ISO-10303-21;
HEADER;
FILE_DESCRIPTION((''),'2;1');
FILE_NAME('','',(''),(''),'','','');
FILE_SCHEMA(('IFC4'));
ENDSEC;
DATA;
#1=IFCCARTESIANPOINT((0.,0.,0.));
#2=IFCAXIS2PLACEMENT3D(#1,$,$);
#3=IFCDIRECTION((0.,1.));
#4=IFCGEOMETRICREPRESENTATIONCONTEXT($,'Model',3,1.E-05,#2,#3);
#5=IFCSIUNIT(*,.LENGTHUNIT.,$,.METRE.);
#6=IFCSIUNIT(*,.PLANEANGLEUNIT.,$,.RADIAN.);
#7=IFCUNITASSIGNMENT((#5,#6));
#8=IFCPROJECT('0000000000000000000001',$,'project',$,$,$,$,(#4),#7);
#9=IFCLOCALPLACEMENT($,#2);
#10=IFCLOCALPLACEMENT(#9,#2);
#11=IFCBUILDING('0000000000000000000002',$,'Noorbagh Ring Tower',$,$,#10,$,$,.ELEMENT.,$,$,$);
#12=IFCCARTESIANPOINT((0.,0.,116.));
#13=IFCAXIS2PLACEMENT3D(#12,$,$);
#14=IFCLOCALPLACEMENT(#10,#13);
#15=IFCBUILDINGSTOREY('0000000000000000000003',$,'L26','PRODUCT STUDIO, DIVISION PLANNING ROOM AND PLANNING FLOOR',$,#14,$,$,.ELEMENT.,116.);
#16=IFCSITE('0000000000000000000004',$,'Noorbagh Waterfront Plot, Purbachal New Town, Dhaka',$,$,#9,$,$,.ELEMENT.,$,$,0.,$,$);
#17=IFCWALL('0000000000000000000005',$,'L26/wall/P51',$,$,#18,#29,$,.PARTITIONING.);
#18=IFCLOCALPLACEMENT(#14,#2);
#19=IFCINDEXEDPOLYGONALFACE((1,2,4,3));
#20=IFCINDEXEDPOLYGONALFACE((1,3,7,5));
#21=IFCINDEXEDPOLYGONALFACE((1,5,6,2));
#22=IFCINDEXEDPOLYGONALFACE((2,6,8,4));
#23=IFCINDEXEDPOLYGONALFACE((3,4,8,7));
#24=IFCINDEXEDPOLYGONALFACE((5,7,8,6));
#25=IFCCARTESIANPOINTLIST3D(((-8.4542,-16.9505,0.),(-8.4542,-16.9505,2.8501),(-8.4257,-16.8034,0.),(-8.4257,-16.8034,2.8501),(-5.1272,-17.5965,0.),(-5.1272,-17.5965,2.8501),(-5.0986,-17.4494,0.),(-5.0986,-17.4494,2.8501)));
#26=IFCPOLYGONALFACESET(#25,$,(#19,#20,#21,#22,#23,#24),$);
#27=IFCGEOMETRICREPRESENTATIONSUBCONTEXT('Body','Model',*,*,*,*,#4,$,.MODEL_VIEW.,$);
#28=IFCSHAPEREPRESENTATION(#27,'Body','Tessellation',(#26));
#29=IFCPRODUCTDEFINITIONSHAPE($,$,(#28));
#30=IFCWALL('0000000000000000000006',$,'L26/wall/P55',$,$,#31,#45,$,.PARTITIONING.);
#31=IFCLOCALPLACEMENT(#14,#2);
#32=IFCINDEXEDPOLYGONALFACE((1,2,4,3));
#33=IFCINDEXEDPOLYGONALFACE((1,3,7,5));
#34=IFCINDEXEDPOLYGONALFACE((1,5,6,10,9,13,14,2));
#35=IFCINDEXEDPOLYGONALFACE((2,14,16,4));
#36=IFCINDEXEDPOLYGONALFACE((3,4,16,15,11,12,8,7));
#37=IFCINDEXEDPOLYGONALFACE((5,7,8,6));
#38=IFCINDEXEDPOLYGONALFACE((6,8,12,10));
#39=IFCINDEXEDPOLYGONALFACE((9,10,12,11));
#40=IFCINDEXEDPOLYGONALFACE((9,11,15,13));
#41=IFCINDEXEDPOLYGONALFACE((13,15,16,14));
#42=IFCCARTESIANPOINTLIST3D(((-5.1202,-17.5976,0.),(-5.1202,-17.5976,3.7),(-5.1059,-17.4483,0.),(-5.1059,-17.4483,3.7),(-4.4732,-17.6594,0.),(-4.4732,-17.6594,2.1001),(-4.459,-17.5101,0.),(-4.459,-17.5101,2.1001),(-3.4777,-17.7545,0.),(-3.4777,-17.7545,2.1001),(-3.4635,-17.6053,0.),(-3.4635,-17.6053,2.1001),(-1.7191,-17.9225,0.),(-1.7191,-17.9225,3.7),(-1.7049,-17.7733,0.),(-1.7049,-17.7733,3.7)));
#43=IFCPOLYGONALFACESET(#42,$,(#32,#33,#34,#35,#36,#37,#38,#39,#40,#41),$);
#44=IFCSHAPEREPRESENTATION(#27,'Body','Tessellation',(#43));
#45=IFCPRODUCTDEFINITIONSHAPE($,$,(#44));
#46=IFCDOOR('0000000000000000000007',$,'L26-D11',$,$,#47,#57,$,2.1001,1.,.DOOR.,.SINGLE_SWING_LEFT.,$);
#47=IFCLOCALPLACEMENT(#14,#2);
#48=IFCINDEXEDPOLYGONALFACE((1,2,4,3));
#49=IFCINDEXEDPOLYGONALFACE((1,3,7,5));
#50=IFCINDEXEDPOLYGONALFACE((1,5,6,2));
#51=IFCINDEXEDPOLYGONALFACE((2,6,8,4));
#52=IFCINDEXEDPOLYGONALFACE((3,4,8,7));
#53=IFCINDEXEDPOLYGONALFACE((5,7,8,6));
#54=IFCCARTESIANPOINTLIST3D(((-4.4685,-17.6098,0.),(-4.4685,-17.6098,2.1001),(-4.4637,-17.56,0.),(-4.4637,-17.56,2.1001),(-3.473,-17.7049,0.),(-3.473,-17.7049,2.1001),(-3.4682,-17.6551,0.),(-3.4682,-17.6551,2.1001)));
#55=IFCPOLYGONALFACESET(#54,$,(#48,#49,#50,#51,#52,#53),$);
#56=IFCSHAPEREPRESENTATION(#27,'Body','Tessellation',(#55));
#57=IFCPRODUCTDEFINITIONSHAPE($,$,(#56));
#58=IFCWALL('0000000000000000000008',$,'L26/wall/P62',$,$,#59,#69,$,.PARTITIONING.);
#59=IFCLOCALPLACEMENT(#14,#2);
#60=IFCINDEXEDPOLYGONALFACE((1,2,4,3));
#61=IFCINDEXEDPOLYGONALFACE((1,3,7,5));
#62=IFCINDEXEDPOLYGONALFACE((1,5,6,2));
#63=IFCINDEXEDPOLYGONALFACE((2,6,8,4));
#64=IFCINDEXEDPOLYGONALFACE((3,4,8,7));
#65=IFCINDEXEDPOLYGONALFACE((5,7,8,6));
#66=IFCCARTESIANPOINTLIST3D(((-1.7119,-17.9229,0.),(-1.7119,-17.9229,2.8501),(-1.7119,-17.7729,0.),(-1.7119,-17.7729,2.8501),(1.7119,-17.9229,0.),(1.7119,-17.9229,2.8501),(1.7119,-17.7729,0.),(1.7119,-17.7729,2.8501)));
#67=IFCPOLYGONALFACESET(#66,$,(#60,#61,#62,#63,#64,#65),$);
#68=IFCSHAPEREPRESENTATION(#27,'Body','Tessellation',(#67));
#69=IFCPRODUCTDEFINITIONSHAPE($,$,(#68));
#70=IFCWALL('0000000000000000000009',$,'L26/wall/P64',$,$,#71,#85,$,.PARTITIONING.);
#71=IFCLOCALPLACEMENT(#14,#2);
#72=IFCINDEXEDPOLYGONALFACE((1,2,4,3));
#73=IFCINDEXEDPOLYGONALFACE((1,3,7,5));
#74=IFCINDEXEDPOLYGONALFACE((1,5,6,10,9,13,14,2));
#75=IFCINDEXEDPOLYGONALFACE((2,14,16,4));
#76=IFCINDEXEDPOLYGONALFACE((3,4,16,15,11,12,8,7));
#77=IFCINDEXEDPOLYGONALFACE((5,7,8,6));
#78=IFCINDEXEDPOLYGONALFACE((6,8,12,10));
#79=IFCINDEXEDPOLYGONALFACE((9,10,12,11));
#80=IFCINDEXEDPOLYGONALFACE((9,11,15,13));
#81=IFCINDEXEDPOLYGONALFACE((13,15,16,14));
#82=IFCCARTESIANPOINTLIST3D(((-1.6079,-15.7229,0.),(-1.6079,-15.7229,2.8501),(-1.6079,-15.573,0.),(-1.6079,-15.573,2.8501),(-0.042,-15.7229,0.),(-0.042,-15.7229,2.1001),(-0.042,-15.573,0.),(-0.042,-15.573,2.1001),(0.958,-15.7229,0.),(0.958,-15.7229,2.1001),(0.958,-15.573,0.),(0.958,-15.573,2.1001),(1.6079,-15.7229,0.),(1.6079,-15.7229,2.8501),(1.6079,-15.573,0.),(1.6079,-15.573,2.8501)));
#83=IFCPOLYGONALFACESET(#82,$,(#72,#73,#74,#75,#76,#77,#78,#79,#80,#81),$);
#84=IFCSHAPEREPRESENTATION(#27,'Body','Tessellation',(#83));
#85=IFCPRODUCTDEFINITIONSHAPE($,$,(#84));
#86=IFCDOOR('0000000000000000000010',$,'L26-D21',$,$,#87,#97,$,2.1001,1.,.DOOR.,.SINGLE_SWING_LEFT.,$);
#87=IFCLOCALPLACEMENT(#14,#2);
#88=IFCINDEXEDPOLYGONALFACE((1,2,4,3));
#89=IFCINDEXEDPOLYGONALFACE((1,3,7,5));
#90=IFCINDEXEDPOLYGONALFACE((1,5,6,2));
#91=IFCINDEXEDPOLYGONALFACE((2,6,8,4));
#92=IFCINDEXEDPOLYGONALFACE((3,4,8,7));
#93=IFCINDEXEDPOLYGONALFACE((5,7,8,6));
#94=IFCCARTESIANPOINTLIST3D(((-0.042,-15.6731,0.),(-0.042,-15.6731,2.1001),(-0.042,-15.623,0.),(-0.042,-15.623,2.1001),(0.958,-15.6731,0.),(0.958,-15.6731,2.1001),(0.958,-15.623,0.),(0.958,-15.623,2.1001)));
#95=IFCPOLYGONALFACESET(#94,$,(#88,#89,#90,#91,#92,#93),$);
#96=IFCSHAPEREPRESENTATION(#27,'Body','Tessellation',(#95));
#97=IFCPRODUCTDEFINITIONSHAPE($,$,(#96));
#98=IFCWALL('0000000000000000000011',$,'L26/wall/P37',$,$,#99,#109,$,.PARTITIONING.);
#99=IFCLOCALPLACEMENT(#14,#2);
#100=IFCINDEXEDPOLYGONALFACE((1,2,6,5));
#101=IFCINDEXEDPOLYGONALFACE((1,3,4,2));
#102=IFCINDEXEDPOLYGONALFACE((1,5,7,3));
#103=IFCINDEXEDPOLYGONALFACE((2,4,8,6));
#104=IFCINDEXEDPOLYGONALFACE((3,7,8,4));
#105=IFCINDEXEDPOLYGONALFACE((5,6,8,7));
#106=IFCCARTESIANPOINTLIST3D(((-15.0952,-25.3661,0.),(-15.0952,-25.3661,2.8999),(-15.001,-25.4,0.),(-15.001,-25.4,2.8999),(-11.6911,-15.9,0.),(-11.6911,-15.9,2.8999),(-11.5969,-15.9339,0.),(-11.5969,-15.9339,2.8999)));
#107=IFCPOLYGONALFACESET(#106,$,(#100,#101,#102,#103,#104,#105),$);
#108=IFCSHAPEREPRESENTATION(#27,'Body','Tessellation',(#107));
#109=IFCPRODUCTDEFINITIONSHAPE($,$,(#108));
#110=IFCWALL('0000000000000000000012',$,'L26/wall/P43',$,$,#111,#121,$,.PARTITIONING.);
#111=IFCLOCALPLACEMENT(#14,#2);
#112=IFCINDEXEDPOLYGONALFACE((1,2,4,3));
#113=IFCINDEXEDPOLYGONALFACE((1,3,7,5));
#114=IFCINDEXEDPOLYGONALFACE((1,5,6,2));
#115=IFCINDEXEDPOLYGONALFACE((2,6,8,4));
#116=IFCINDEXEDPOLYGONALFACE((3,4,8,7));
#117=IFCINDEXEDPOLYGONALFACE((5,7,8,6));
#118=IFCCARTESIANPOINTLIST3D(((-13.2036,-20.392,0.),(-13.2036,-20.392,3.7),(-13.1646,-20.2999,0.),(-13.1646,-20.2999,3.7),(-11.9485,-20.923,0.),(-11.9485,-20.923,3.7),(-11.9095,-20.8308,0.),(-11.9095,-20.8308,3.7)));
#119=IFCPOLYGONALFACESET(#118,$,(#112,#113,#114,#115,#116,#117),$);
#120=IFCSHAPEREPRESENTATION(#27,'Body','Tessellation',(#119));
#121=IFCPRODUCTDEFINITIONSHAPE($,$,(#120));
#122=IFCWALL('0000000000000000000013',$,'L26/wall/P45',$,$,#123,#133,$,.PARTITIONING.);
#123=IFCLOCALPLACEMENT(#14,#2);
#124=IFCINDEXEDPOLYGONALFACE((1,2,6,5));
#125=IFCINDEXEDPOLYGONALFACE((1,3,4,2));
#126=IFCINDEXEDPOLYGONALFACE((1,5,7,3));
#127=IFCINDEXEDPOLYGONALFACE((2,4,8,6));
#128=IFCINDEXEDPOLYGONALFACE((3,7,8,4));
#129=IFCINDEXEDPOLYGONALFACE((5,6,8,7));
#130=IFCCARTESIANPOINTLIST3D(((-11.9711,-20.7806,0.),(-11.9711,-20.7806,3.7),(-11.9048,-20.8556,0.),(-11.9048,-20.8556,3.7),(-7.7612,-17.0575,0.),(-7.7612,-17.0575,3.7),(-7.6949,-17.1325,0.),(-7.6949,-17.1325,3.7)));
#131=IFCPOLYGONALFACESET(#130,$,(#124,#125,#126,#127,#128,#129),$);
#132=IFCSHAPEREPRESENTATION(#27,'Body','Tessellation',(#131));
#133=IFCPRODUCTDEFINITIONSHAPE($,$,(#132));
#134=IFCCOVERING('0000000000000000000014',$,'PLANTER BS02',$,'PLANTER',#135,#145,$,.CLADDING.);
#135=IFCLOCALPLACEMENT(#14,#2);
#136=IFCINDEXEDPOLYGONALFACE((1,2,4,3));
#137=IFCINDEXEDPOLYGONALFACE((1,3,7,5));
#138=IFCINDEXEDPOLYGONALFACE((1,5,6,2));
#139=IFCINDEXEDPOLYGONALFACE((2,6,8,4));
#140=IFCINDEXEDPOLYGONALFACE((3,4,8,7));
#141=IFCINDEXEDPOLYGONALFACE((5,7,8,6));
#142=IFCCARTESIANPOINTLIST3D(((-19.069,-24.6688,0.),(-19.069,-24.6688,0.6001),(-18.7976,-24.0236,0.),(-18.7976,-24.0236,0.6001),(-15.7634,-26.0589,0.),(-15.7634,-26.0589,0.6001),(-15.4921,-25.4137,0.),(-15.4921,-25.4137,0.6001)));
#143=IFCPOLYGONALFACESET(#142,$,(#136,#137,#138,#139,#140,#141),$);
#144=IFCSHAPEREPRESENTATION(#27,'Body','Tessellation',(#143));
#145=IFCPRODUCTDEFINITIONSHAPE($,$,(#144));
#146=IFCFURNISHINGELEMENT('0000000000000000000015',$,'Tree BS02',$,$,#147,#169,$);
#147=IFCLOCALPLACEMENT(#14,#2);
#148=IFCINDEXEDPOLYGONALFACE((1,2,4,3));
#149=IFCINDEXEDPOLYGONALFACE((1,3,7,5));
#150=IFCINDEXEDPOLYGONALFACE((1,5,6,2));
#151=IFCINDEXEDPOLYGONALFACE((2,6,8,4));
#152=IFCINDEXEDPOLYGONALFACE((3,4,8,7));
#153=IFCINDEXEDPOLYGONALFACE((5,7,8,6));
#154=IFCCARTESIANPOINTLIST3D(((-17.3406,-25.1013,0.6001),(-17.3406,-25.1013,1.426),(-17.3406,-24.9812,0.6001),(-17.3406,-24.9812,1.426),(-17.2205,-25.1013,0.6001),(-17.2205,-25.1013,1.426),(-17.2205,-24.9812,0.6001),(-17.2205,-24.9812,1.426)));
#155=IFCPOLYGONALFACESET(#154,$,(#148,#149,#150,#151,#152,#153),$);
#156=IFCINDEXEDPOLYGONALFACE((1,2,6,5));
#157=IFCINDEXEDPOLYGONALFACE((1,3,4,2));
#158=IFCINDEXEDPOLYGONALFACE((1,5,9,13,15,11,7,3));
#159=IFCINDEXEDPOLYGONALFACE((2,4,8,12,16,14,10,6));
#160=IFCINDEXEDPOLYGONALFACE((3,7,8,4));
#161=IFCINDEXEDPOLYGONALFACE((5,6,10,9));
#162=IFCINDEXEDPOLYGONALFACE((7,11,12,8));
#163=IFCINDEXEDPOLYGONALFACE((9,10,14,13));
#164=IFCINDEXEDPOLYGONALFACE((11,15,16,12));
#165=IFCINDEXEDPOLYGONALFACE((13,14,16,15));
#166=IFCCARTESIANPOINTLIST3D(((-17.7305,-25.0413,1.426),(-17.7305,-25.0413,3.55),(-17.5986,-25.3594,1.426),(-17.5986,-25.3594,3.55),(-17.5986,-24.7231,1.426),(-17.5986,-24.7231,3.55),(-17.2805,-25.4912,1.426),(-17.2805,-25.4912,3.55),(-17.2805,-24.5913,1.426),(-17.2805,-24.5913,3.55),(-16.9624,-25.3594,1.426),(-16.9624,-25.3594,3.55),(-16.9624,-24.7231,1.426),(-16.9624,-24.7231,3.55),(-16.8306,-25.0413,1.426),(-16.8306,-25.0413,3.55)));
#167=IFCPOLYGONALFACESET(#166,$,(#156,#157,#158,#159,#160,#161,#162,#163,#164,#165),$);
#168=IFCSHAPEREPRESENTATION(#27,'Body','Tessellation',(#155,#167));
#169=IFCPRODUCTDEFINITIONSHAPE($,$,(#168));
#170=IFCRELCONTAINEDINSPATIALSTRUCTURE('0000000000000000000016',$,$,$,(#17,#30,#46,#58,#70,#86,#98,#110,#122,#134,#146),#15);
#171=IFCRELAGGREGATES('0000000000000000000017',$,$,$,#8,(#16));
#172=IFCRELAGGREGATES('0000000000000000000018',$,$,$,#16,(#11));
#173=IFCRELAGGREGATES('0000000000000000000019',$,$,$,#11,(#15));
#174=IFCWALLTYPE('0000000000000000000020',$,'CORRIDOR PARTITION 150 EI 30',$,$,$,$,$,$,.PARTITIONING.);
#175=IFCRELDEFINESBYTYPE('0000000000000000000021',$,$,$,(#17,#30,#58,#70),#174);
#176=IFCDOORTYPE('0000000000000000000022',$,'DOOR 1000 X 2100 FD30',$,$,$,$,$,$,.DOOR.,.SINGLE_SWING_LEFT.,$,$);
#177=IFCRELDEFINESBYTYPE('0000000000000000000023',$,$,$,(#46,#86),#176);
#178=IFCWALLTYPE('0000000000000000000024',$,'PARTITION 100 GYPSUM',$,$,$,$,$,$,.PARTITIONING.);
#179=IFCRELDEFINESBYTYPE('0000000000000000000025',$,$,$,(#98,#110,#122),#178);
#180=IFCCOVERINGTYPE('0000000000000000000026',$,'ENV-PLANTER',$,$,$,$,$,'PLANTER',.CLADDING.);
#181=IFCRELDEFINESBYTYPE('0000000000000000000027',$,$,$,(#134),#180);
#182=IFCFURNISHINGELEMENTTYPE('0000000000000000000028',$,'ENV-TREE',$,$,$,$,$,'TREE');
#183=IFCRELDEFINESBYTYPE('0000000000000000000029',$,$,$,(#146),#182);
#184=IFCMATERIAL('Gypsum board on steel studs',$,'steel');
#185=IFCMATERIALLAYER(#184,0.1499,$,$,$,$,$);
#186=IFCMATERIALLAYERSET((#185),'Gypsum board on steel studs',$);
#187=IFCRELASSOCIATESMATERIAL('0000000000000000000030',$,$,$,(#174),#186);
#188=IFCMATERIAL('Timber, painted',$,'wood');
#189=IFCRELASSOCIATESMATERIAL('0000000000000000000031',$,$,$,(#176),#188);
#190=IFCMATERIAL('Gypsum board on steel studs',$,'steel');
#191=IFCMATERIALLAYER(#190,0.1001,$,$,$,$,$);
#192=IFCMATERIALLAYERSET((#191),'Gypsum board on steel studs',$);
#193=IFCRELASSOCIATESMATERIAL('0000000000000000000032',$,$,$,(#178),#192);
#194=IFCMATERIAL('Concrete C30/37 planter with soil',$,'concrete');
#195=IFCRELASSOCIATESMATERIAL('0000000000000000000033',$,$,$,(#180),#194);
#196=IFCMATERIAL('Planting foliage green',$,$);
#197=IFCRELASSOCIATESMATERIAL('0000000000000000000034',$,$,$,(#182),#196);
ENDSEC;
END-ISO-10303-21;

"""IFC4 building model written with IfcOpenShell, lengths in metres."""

from ifc_helpers import new_model, si_unit, direction, frame, frame_2d, origin, origin_2d, place, context, subcontext, project, spatial, polyline, rectangle, outline, extrude, material, layer, layer_set, type_object, element, fill, save


model = new_model("IFC4")

# Units and contexts
model_context = context("Model", 3, precision=1e-05, world=origin(), true_north=direction((0.0, 1.0)))
body_context = subcontext(model_context, "Body", "Model", "MODEL_VIEW")
ifc_project = project(units=[si_unit("LENGTHUNIT", "METRE"), si_unit("PLANEANGLEUNIT", "RADIAN")], contexts=[model_context])

# Site, building, storey
site_placement = place(None, origin())
site = spatial("IfcSite", under=ifc_project, at=site_placement, Name="Noorbagh Waterfront Plot, Purbachal New Town, Dhaka", CompositionType="ELEMENT", RefElevation=0.0)
building_placement = place(site_placement, origin())
building = spatial("IfcBuilding", under=site, at=building_placement, Name="Noorbagh Ring Tower", CompositionType="ELEMENT")
storey_placement = place(building_placement, frame((0.0, 0.0, 116.0)))
storey = spatial("IfcBuildingStorey", under=building, at=storey_placement, Name="L26", Description="PRODUCT STUDIO, DIVISION PLANNING ROOM AND PLANNING FLOOR", CompositionType="ELEMENT", Elevation=116.0)

# Shared definitions
ifc_material_1 = material(Name="Gypsum board on steel studs", Category="steel")
ifc_layer_1 = layer(ifc_material_1, 0.1499)
ifc_layer_set_1 = layer_set([ifc_layer_1], Name="Gypsum board on steel studs")
wall_type_1 = type_object("IfcWallType", Name="CORRIDOR PARTITION 150 EI 30", PredefinedType="PARTITIONING", material=ifc_layer_set_1)
ifc_material_2 = material(Name="Timber, painted", Category="wood")
door_type = type_object("IfcDoorType", Name="DOOR 1000 X 2100 FD30", OperationType="SINGLE_SWING_LEFT", PredefinedType="DOOR", material=ifc_material_2)

# Wall
wall_1_placement = place(storey_placement, frame((-8.4399, -16.877, 0.0), z_axis=(0.0, 0.0, 1.0), x_axis=(0.981665, -0.190613, 0.0)))
element("IfcWall", 1, at=wall_1_placement, inside=storey, type_object=wall_type_1, Name="L26/wall/P51", PredefinedType="PARTITIONING", context=body_context, shape_type="SweptSolid", body=[
    extrude(rectangle(XDim=3.3892, YDim=0.1499, at=frame_2d((1.6946, 0.0))), origin(), (0.0, 0.0, 1.0), 2.8501),
])

# Wall, opening, door
wall_2_placement = place(storey_placement, frame((-5.113, -17.5229, 0.0), z_axis=(0.0, 0.0, 1.0), x_axis=(0.995467, -0.095109, 0.0)))
wall_2 = element("IfcWall", 2, at=wall_2_placement, inside=storey, type_object=wall_type_1, Name="L26/wall/P55", PredefinedType="PARTITIONING", context=body_context, shape_type="SweptSolid", body=[
    extrude(rectangle(XDim=3.4165, YDim=0.1499, at=frame_2d((1.7083, 0.0))), origin(), (0.0, 0.0, 1.0), 3.7),
])
opening_1_placement = place(wall_2_placement, frame((0.6499, 0.0, 0.0)))
opening_1 = element("IfcOpeningElement", 3, at=opening_1_placement, cuts=wall_2, PredefinedType="OPENING", context=body_context, shape_type="SweptSolid", body=[
    extrude(rectangle(XDim=1.0, YDim=2.1001, at=frame_2d((0.5, 1.05))), frame((0.0, 0.085, 0.0), z_axis=(0.0, -1.0, 0.0), x_axis=(1.0, 0.0, 0.0)), (0.0, 0.0, 1.0), 0.1699),
])
door_1_placement = place(opening_1_placement, origin())
door_1 = element("IfcDoor", 4, at=door_1_placement, inside=storey, type_object=door_type, Name="L26-D11", OperationType="SINGLE_SWING_LEFT", OverallHeight=2.1001, OverallWidth=1.0, PredefinedType="DOOR", context=body_context, shape_type="SweptSolid", body=[
    extrude(rectangle(XDim=1.0, YDim=2.1001, at=frame_2d((0.5, 1.05))), frame((0.0, 0.0249, 0.0), z_axis=(0.0, -1.0, 0.0), x_axis=(1.0, 0.0, 0.0)), (0.0, 0.0, 1.0), 0.05),
])
fill(opening_1, door_1)

# Wall
wall_3_placement = place(storey_placement, frame((-1.7119, -17.8479, 0.0), z_axis=(0.0, 0.0, 1.0), x_axis=(1.0, 0.0, 0.0)))
element("IfcWall", 5, at=wall_3_placement, inside=storey, type_object=wall_type_1, Name="L26/wall/P62", PredefinedType="PARTITIONING", context=body_context, shape_type="SweptSolid", body=[
    extrude(rectangle(XDim=3.4238, YDim=0.1499, at=frame_2d((1.7119, 0.0))), origin(), (0.0, 0.0, 1.0), 2.8501),
])

# Wall, opening, door
wall_4_placement = place(storey_placement, frame((-1.6079, -15.6479, 0.0), z_axis=(0.0, 0.0, 1.0), x_axis=(1.0, 0.0, 0.0)))
wall_4 = element("IfcWall", 6, at=wall_4_placement, inside=storey, type_object=wall_type_1, Name="L26/wall/P64", PredefinedType="PARTITIONING", context=body_context, shape_type="SweptSolid", body=[
    extrude(rectangle(XDim=3.2158, YDim=0.1499, at=frame_2d((1.6079, 0.0))), origin(), (0.0, 0.0, 1.0), 2.8501),
])
opening_2_placement = place(wall_4_placement, frame((1.5659, 0.0, 0.0)))
opening_2 = element("IfcOpeningElement", 7, at=opening_2_placement, cuts=wall_4, PredefinedType="OPENING", context=body_context, shape_type="SweptSolid", body=[
    extrude(rectangle(XDim=1.0, YDim=2.1001, at=frame_2d((0.5, 1.05))), frame((0.0, 0.085, 0.0), z_axis=(0.0, -1.0, 0.0), x_axis=(1.0, 0.0, 0.0)), (0.0, 0.0, 1.0), 0.1699),
])
door_2_placement = place(opening_2_placement, origin())
door_2 = element("IfcDoor", 8, at=door_2_placement, inside=storey, type_object=door_type, Name="L26-D21", OperationType="SINGLE_SWING_LEFT", OverallHeight=2.1001, OverallWidth=1.0, PredefinedType="DOOR", context=body_context, shape_type="SweptSolid", body=[
    extrude(rectangle(XDim=1.0, YDim=2.1001, at=frame_2d((0.5, 1.05))), frame((0.0, 0.0249, 0.0), z_axis=(0.0, -1.0, 0.0), x_axis=(1.0, 0.0, 0.0)), (0.0, 0.0, 1.0), 0.05),
])
fill(opening_2, door_2)

# Walls
ifc_material_3 = material(Name="Gypsum board on steel studs", Category="steel")
ifc_layer_2 = layer(ifc_material_3, 0.1001)
ifc_layer_set_2 = layer_set([ifc_layer_2], Name="Gypsum board on steel studs")
wall_type_2 = type_object("IfcWallType", Name="PARTITION 100 GYPSUM", PredefinedType="PARTITIONING", material=ifc_layer_set_2)
wall_5_placement = place(storey_placement, frame((-15.0481, -25.3831, 0.0), z_axis=(0.0, 0.0, 1.0), x_axis=(0.338391, 0.941006, 0.0)))
element("IfcWall", 9, at=wall_5_placement, inside=storey, type_object=wall_type_2, Name="L26/wall/P37", PredefinedType="PARTITIONING", context=body_context, shape_type="SweptSolid", body=[
    extrude(rectangle(XDim=10.0596, YDim=0.1001, at=frame_2d((5.0298, 0.0))), origin(), (0.0, 0.0, 1.0), 2.8999),
])
wall_6_placement = place(storey_placement, frame((-13.1841, -20.3459, 0.0), z_axis=(0.0, 0.0, 1.0), x_axis=(0.92097, -0.389634, 0.0)))
element("IfcWall", 10, at=wall_6_placement, inside=storey, type_object=wall_type_2, Name="L26/wall/P43", PredefinedType="PARTITIONING", context=body_context, shape_type="SweptSolid", body=[
    extrude(rectangle(XDim=1.3628, YDim=0.1001, at=frame_2d((0.6814, 0.0))), origin(), (0.0, 0.0, 1.0), 3.7),
])
wall_7_placement = place(storey_placement, frame((-11.938, -20.8181, 0.0), z_axis=(0.0, 0.0, 1.0), x_axis=(0.749089, 0.662469, 0.0)))
element("IfcWall", 11, at=wall_7_placement, inside=storey, type_object=wall_type_2, Name="L26/wall/P45", PredefinedType="PARTITIONING", context=body_context, shape_type="SweptSolid", body=[
    extrude(rectangle(XDim=5.6201, YDim=0.1001, at=frame_2d((2.8101, 0.0))), origin(), (0.0, 0.0, 1.0), 3.7),
])

# Covering
ifc_material_4 = material(Name="Concrete C30/37 planter with soil", Category="concrete")
covering_type = type_object("IfcCoveringType", Name="ENV-PLANTER", ElementType="PLANTER", PredefinedType="CLADDING", material=ifc_material_4)
covering_placement = place(storey_placement, frame((-17.2805, -25.0413, 0.0), z_axis=(0.0, 0.0, 1.0), x_axis=(0.921812, -0.387638, 0.0)))
element("IfcCovering", 12, at=covering_placement, inside=storey, type_object=covering_type, Name="PLANTER BS02", ObjectType="PLANTER", PredefinedType="CLADDING", context=body_context, shape_type="SweptSolid", body=[
    extrude(rectangle(XDim=3.5859, YDim=0.7, at=origin_2d()), origin(), (0.0, 0.0, 1.0), 0.6001),
])

# Furnishing element
ifc_material_5 = material(Name="Planting foliage green")
furnishing_element_type = type_object("IfcFurnishingElementType", Name="ENV-TREE", ElementType="TREE", material=ifc_material_5)
furnishing_placement = place(storey_placement, frame((-17.2805, -25.0413, 0.6001), z_axis=(0.0, 0.0, 1.0), x_axis=(1.0, 0.0, 0.0)))
element("IfcFurnishingElement", 13, at=furnishing_placement, inside=storey, type_object=furnishing_element_type, Name="Tree BS02", context=body_context, shape_type="SweptSolid", body=[
    extrude(rectangle(XDim=0.1201, YDim=0.1201, at=origin_2d()), origin(), (0.0, 0.0, 1.0), 0.8259),
    extrude(outline(polyline([(0.45, 0.0), (0.3181, 0.3181), (0.0, 0.45), (-0.3181, 0.3181), (-0.45, 0.0), (-0.3181, -0.3181), (0.0, -0.45), (0.3181, -0.3181), (0.45, 0.0)])), frame((0.0, 0.0, 0.8259)), (0.0, 0.0, 1.0), 2.124),
])

save(model, "model.ifc")
